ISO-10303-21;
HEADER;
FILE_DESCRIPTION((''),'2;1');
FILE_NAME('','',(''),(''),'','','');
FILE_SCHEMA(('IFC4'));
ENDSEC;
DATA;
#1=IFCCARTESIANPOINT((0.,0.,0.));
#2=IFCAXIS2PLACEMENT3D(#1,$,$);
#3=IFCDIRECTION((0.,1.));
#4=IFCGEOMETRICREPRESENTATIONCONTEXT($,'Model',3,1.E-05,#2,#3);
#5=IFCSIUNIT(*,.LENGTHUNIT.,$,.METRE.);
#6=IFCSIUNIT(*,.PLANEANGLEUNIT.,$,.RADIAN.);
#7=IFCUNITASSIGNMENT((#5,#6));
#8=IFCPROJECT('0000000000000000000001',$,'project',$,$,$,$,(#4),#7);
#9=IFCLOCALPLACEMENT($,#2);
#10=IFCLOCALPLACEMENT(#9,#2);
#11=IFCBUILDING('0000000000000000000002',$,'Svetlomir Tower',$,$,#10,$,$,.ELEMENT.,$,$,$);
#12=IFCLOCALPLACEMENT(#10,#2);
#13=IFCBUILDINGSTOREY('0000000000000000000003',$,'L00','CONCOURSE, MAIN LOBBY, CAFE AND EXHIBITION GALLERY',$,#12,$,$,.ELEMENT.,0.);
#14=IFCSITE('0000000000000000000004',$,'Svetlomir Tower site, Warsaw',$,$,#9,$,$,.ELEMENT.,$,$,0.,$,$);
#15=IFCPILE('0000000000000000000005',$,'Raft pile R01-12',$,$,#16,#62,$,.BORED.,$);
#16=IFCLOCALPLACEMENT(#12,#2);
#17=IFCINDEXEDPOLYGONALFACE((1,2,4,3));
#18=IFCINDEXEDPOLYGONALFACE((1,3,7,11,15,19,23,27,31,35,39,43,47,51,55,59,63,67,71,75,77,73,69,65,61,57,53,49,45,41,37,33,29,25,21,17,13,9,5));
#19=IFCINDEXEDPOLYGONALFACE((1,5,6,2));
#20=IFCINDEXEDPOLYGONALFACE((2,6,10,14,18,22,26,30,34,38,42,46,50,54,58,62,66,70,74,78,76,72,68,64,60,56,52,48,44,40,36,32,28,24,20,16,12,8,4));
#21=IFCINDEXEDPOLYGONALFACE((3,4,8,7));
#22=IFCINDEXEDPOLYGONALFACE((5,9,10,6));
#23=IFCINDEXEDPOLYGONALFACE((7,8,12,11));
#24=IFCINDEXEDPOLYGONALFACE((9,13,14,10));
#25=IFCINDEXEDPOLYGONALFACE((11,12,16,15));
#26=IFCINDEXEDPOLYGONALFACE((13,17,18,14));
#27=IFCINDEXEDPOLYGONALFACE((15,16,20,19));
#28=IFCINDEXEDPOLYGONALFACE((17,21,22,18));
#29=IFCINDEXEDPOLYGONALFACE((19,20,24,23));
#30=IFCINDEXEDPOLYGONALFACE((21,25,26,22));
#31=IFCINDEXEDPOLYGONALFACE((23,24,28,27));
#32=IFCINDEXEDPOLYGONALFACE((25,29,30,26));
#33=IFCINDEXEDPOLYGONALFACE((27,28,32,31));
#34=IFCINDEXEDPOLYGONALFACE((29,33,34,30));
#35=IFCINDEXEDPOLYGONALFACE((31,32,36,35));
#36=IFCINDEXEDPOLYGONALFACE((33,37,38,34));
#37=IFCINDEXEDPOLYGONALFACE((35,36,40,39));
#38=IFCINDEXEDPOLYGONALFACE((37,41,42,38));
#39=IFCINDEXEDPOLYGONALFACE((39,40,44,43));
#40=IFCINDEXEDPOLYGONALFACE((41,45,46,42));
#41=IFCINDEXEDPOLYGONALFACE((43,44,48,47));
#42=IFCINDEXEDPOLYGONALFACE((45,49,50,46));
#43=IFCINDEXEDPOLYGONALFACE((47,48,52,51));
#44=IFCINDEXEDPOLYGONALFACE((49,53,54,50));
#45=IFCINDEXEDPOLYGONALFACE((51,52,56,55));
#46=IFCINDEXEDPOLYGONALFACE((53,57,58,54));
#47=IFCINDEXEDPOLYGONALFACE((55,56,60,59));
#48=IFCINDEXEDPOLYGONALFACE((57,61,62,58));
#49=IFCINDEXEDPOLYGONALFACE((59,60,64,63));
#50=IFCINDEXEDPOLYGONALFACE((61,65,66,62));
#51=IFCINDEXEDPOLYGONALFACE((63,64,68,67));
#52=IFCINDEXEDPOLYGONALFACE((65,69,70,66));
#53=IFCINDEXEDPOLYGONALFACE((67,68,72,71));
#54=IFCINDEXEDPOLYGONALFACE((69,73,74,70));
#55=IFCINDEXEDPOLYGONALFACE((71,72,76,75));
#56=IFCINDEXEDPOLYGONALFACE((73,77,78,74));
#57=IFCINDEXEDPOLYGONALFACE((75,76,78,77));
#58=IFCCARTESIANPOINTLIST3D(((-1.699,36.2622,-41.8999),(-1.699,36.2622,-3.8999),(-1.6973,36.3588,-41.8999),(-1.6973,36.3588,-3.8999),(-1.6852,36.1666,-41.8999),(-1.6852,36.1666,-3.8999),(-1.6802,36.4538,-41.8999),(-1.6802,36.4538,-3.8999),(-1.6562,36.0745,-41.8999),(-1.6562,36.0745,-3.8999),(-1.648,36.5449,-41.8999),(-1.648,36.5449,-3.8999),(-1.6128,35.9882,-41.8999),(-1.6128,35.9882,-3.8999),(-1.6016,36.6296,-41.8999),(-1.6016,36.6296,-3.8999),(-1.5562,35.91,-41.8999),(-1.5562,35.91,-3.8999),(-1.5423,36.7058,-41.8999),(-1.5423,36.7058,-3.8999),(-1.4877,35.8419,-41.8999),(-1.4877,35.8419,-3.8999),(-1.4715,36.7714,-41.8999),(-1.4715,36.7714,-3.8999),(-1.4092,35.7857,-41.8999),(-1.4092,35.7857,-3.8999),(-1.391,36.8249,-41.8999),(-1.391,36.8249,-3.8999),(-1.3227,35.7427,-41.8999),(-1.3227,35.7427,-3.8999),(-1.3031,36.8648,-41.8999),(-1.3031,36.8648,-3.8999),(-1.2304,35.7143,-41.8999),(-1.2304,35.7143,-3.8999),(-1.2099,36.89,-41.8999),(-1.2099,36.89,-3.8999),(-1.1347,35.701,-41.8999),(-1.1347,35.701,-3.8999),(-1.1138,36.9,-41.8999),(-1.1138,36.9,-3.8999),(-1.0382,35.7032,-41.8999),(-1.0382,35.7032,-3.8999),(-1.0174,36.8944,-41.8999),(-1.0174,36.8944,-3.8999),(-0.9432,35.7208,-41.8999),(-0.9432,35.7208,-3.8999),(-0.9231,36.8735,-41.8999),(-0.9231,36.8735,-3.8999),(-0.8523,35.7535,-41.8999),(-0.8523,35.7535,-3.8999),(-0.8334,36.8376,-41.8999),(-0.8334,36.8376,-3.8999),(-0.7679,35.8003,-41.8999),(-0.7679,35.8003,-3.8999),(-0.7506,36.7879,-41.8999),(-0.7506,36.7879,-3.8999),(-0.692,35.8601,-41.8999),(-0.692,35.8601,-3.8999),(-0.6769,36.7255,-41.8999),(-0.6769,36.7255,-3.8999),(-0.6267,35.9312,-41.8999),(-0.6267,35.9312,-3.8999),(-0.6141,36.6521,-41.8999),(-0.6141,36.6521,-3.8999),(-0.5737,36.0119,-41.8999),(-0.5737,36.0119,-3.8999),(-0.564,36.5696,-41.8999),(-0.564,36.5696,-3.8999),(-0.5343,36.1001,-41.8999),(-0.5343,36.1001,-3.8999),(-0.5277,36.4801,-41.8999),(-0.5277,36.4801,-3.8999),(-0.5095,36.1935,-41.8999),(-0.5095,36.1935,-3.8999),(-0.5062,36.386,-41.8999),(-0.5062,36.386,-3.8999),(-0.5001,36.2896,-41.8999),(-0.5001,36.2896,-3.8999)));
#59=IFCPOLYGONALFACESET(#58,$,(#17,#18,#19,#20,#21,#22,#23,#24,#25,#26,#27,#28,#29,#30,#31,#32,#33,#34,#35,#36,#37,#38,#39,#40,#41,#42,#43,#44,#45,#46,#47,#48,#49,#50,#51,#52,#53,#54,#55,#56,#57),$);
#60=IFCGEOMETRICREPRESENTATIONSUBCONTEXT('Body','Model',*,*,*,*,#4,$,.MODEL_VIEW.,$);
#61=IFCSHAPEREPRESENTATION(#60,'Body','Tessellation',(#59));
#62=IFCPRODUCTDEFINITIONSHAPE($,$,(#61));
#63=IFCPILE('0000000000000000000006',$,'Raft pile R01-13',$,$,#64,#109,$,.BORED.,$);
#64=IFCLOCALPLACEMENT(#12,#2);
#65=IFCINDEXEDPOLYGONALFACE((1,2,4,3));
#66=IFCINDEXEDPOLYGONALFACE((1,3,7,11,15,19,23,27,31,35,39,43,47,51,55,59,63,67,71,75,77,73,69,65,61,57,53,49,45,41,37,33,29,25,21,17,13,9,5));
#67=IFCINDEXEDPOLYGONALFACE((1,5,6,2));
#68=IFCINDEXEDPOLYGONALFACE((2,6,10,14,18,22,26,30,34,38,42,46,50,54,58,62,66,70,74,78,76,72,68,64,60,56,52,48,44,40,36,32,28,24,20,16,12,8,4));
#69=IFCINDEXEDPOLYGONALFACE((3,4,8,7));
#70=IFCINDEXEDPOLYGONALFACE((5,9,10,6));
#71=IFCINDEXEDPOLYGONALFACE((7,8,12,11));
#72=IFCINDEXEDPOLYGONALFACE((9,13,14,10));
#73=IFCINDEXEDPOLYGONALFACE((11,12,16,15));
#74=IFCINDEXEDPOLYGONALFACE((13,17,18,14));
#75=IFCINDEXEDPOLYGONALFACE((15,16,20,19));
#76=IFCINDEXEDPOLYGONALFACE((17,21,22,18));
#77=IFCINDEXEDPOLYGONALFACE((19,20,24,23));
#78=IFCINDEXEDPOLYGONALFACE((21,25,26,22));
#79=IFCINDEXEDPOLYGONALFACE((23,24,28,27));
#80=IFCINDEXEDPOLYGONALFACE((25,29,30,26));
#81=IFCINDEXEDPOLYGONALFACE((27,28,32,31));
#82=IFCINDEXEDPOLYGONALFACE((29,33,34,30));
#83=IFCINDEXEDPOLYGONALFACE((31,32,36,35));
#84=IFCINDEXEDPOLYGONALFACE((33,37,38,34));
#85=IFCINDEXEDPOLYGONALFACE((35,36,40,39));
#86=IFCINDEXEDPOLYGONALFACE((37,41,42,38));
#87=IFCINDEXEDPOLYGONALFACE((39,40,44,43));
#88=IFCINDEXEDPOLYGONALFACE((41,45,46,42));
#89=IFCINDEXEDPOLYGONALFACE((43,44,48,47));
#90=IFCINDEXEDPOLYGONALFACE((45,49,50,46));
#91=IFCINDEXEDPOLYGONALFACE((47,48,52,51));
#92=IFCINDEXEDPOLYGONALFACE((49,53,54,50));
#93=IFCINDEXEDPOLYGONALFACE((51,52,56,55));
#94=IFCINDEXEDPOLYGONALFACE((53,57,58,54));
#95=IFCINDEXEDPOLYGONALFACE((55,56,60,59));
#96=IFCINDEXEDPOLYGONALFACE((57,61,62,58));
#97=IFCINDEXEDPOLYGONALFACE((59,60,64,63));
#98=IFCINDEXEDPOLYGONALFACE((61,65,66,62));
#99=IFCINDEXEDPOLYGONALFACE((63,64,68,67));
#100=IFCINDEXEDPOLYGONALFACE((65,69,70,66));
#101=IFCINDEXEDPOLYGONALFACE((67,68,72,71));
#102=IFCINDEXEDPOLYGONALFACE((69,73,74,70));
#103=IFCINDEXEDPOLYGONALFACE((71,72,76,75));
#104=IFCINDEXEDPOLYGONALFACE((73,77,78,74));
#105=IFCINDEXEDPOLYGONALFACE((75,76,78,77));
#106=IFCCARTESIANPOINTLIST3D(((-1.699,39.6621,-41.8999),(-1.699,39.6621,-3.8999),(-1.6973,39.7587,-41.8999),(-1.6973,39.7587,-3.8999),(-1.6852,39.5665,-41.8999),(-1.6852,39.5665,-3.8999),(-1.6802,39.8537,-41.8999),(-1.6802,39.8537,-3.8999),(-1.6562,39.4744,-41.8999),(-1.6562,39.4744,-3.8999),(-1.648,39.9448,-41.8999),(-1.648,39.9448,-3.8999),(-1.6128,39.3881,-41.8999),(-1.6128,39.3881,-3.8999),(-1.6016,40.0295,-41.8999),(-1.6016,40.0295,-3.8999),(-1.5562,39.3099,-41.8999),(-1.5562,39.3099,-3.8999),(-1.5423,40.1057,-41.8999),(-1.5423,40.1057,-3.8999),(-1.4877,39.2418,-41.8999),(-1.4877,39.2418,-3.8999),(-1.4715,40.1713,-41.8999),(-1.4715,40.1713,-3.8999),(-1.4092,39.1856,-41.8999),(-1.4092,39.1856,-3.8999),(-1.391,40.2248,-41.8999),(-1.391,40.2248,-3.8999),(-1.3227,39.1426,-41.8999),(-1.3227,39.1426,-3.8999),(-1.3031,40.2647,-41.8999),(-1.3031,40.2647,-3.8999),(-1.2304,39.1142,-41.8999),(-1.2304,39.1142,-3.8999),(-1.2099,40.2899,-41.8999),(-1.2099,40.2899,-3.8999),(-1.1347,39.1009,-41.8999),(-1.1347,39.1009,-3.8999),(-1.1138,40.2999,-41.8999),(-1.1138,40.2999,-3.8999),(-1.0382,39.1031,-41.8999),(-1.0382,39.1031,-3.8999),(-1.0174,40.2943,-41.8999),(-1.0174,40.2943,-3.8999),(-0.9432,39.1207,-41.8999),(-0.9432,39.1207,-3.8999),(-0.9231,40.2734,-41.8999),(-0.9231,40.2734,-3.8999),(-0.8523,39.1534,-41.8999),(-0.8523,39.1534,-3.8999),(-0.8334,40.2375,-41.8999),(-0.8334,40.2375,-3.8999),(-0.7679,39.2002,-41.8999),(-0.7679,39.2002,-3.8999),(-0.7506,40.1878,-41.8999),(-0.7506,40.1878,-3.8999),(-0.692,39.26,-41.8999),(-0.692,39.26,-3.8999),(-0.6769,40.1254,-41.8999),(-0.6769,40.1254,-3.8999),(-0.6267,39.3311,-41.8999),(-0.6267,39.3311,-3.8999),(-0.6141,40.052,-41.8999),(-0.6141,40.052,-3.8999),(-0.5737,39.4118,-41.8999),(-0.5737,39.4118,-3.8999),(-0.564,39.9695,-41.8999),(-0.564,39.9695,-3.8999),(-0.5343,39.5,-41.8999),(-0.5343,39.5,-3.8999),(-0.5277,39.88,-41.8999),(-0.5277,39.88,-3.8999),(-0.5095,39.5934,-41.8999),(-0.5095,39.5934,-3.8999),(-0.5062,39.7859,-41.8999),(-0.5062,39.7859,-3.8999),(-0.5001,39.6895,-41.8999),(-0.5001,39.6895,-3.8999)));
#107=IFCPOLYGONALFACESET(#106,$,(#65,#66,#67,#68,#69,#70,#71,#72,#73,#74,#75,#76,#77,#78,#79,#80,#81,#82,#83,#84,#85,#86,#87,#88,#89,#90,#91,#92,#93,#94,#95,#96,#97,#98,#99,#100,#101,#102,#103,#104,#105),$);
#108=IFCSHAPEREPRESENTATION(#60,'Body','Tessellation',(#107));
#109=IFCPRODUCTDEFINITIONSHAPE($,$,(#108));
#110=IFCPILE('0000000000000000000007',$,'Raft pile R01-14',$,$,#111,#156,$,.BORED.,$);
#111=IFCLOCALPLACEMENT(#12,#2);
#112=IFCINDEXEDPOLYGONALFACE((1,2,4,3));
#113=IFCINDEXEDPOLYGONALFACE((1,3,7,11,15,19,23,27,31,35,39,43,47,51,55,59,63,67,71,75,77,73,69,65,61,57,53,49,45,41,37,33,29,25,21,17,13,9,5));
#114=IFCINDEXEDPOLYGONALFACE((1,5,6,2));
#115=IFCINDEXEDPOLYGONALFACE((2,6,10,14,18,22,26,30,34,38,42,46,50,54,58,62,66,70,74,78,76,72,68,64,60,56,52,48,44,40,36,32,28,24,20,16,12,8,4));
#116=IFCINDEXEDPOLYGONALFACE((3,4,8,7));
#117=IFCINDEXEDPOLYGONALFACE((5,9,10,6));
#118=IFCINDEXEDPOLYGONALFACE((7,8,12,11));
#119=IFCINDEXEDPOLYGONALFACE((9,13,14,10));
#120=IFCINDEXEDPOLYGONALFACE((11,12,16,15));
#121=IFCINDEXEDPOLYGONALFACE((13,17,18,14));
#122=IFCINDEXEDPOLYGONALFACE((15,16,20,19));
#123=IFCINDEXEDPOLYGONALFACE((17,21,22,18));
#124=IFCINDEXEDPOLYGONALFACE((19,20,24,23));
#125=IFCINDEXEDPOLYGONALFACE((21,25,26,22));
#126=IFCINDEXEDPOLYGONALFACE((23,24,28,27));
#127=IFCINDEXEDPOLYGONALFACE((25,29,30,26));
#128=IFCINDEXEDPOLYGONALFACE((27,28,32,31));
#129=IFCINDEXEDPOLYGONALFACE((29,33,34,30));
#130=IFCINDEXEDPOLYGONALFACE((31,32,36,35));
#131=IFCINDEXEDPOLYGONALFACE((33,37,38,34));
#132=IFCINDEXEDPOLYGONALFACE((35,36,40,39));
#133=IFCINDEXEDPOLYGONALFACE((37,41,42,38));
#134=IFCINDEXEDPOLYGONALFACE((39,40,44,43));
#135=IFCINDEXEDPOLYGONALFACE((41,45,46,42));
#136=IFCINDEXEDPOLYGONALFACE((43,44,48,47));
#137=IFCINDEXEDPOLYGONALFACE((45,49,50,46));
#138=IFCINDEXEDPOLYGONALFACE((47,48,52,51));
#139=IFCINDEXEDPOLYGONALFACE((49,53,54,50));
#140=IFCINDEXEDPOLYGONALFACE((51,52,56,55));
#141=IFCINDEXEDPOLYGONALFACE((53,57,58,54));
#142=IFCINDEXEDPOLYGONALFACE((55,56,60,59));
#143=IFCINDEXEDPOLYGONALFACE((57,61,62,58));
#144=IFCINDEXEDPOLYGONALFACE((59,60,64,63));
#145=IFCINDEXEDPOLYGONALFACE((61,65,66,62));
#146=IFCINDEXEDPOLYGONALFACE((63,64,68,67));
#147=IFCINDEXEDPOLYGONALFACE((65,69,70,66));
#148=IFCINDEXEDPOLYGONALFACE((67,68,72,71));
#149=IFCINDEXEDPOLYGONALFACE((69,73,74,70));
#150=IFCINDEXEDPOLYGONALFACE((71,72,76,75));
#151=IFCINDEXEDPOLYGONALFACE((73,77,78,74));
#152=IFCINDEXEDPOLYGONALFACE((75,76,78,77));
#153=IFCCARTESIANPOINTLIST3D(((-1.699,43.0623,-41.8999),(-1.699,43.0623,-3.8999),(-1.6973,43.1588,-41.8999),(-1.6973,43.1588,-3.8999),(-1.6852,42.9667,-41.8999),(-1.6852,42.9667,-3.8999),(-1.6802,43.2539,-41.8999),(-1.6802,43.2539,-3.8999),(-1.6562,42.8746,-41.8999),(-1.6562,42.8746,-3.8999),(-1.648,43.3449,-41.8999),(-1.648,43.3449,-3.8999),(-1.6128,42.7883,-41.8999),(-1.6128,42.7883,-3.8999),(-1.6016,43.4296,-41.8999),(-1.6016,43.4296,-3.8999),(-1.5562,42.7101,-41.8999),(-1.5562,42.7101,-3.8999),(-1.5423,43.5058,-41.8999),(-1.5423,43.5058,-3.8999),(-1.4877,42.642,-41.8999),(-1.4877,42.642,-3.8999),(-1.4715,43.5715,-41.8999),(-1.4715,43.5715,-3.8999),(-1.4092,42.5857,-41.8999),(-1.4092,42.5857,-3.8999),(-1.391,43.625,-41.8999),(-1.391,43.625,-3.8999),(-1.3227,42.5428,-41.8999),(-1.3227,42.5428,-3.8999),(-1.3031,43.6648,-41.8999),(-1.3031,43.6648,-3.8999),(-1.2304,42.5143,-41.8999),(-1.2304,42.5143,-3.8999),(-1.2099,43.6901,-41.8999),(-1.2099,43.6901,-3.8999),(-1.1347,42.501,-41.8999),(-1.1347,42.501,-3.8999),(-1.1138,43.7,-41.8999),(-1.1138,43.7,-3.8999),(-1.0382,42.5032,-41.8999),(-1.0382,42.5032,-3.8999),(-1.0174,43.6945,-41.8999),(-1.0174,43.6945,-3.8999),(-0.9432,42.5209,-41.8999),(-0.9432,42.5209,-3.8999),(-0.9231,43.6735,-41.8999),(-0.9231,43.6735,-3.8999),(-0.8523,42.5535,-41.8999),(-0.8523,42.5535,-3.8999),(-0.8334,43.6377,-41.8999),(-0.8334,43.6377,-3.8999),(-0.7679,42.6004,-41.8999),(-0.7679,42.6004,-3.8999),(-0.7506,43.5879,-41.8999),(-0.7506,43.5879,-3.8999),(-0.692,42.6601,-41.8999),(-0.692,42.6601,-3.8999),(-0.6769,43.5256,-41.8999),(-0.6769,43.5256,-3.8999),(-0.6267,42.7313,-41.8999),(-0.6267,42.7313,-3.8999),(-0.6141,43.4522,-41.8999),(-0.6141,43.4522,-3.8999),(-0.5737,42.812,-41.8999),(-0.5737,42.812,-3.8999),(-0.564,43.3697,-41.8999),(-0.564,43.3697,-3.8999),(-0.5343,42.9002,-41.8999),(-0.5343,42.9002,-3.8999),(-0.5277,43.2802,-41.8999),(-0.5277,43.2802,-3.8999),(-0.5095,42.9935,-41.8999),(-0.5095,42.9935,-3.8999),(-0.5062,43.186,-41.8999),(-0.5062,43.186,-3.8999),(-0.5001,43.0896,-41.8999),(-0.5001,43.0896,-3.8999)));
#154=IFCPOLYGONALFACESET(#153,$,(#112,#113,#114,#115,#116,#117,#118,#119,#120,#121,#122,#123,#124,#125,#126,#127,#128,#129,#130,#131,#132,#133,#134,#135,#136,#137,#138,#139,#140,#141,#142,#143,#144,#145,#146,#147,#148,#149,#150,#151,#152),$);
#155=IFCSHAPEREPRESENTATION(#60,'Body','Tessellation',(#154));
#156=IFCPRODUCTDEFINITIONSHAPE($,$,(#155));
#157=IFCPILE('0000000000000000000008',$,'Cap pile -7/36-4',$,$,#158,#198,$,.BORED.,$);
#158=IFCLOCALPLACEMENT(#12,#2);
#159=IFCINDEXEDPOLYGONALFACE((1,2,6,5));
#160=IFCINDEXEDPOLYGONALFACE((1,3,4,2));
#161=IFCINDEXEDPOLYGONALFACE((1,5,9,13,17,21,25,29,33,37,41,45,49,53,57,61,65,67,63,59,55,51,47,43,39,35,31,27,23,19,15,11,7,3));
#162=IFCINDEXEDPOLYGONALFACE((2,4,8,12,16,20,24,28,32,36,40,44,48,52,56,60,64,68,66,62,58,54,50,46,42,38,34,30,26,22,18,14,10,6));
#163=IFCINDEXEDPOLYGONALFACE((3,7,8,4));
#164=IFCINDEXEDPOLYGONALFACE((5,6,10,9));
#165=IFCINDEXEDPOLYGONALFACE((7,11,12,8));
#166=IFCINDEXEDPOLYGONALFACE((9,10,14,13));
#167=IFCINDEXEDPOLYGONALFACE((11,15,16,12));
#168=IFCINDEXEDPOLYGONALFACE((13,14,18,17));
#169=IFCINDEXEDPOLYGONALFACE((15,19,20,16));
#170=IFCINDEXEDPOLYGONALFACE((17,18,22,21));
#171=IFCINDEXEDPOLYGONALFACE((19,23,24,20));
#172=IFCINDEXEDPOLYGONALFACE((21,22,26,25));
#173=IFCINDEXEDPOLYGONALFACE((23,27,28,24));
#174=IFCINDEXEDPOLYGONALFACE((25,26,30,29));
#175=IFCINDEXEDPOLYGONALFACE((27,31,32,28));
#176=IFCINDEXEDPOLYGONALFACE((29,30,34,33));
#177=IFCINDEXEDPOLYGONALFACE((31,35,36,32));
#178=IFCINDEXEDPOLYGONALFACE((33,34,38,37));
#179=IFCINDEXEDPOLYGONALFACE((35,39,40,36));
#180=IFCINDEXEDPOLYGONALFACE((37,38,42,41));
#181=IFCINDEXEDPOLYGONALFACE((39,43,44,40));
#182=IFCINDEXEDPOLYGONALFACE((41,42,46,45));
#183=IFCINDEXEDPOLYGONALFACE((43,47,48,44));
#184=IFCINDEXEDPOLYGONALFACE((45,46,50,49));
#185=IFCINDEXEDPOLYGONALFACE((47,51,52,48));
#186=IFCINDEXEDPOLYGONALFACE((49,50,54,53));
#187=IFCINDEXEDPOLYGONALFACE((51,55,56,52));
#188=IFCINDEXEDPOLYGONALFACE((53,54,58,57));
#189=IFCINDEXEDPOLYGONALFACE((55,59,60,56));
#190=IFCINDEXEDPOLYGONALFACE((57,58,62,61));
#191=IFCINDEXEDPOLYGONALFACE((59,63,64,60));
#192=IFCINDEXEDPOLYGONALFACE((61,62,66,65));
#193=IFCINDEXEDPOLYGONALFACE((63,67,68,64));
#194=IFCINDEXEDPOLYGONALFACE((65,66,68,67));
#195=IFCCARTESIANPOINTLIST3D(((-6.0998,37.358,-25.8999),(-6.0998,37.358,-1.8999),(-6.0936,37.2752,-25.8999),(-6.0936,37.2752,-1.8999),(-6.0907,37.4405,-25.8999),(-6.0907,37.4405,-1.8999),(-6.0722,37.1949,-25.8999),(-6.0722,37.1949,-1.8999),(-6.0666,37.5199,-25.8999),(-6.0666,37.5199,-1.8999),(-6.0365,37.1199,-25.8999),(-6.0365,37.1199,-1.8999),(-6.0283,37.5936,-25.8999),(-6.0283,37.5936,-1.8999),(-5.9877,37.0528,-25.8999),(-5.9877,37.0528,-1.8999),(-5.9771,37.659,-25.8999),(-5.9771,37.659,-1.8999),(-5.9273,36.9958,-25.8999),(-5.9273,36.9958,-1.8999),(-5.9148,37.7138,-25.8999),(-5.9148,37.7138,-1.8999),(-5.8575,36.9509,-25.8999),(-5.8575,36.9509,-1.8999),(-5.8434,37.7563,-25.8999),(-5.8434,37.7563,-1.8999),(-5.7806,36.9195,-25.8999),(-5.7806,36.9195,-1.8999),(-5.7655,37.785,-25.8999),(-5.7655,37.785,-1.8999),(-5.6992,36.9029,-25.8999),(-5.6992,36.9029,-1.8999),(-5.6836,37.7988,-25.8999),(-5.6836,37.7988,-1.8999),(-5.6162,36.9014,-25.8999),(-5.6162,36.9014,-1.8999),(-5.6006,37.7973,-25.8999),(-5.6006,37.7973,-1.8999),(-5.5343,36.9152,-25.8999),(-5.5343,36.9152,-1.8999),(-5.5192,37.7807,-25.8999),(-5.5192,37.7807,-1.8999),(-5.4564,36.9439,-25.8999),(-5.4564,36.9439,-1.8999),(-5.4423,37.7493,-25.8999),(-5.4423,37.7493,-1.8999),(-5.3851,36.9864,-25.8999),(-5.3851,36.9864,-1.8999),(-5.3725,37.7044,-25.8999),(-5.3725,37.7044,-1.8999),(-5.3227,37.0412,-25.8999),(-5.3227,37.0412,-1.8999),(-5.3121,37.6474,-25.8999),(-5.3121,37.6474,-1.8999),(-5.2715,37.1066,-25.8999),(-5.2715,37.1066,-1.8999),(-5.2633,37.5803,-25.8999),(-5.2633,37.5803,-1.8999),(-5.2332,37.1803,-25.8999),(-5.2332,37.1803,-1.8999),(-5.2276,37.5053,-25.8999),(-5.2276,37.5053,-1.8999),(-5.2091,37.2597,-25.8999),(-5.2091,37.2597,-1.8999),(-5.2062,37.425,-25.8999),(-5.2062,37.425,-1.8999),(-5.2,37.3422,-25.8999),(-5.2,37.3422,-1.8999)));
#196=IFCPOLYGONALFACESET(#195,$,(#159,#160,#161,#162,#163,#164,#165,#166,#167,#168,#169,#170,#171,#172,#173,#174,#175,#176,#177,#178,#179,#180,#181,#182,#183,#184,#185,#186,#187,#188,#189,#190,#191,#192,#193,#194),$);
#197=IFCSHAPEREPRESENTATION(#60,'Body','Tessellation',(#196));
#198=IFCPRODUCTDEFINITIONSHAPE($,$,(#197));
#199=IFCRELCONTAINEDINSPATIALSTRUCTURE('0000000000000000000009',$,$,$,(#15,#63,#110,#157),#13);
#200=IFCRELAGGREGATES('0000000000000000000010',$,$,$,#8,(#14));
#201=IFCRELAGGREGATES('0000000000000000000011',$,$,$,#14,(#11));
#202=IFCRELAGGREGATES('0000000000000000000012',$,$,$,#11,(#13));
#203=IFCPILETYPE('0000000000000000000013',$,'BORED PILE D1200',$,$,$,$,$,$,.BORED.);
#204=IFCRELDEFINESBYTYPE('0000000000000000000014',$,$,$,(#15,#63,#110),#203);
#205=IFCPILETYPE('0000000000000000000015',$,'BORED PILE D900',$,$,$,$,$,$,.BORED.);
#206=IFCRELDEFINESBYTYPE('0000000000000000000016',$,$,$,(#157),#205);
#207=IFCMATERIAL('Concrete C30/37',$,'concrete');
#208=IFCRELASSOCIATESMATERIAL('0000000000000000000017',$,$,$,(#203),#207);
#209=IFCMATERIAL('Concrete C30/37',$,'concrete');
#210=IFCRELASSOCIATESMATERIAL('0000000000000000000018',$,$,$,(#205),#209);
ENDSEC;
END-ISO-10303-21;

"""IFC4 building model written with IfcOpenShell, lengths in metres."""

from ifc_helpers import new_model, si_unit, direction, frame, frame_2d, origin, origin_2d, place, context, subcontext, project, spatial, circle, extrude, material, material_profile, profile_set, type_object, element, save


model = new_model("IFC4")

# Units and contexts
model_context = context("Model", 3, precision=1e-05, world=origin(), true_north=direction((0.0, 1.0)))
body_context = subcontext(model_context, "Body", "Model", "MODEL_VIEW")
ifc_project = project(units=[si_unit("LENGTHUNIT", "METRE"), si_unit("PLANEANGLEUNIT", "RADIAN")], contexts=[model_context])

# Site, building, storey
site_placement = place(None, origin())
site = spatial("IfcSite", under=ifc_project, at=site_placement, Name="Svetlomir Tower site, Warsaw", CompositionType="ELEMENT", RefElevation=0.0)
building_placement = place(site_placement, origin())
building = spatial("IfcBuilding", under=site, at=building_placement, Name="Svetlomir Tower", CompositionType="ELEMENT")
storey_placement = place(building_placement, origin())
storey = spatial("IfcBuildingStorey", under=building, at=storey_placement, Name="L00", Description="CONCOURSE, MAIN LOBBY, CAFE AND EXHIBITION GALLERY", CompositionType="ELEMENT", Elevation=0.0)

# Piles
ifc_material_1 = material(Name="Concrete C30/37", Category="concrete")
ifc_material_profile_1 = material_profile(ifc_material_1, circle(Radius=0.6001, at=origin_2d()), Name="D1200")
ifc_profile_set_1 = profile_set([ifc_material_profile_1], Name="Concrete C30/37")
pile_type_1 = type_object("IfcPileType", Name="BORED PILE D1200", PredefinedType="BORED", material=ifc_profile_set_1)
for number, where, z_axis, x_axis, name in (
    (1, (-1.1001, 36.3, -3.8999), (0.0, 0.0, -1.0), (1.0, 0.0, 0.0), "Raft pile R01-12"),
    (2, (-1.1001, 39.7, -3.8999), (0.0, 0.0, -1.0), (1.0, 0.0, 0.0), "Raft pile R01-13"),
    (3, (-1.1001, 43.1001, -3.8999), (0.0, 0.0, -1.0), (1.0, 0.0, 0.0), "Raft pile R01-14"),
):
    element("IfcPile", number, at=place(storey_placement, frame(where, z_axis=z_axis, x_axis=x_axis)), inside=storey, type_object=pile_type_1, Name=name, PredefinedType="BORED", context=body_context, shape_type="SweptSolid", body=[
        extrude(circle(Radius=0.6001, at=frame_2d((0.0, 0.0), x_axis=(0.999848, 0.017452))), origin(), (0.0, 0.0, 1.0), 38.0),
    ])
ifc_material_2 = material(Name="Concrete C30/37", Category="concrete")
ifc_material_profile_2 = material_profile(ifc_material_2, circle(Radius=0.45, at=origin_2d()), Name="RC D900")
ifc_profile_set_2 = profile_set([ifc_material_profile_2], Name="Concrete C30/37")
pile_type_2 = type_object("IfcPileType", Name="BORED PILE D900", PredefinedType="BORED", material=ifc_profile_set_2)
for number, where, z_axis, x_axis, name in (
    (4, (-5.6499, 37.3501, -1.8999), (0.0, 0.0, -1.0), (1.0, 0.0, 0.0), "Cap pile -7/36-4"),
):
    element("IfcPile", number, at=place(storey_placement, frame(where, z_axis=z_axis, x_axis=x_axis)), inside=storey, type_object=pile_type_2, Name=name, PredefinedType="BORED", context=body_context, shape_type="SweptSolid", body=[
        extrude(circle(Radius=0.45, at=frame_2d((0.0, 0.0), x_axis=(0.999848, 0.017452))), origin(), (0.0, 0.0, 1.0), 24.0),
    ])

save(model, "model.ifc")
